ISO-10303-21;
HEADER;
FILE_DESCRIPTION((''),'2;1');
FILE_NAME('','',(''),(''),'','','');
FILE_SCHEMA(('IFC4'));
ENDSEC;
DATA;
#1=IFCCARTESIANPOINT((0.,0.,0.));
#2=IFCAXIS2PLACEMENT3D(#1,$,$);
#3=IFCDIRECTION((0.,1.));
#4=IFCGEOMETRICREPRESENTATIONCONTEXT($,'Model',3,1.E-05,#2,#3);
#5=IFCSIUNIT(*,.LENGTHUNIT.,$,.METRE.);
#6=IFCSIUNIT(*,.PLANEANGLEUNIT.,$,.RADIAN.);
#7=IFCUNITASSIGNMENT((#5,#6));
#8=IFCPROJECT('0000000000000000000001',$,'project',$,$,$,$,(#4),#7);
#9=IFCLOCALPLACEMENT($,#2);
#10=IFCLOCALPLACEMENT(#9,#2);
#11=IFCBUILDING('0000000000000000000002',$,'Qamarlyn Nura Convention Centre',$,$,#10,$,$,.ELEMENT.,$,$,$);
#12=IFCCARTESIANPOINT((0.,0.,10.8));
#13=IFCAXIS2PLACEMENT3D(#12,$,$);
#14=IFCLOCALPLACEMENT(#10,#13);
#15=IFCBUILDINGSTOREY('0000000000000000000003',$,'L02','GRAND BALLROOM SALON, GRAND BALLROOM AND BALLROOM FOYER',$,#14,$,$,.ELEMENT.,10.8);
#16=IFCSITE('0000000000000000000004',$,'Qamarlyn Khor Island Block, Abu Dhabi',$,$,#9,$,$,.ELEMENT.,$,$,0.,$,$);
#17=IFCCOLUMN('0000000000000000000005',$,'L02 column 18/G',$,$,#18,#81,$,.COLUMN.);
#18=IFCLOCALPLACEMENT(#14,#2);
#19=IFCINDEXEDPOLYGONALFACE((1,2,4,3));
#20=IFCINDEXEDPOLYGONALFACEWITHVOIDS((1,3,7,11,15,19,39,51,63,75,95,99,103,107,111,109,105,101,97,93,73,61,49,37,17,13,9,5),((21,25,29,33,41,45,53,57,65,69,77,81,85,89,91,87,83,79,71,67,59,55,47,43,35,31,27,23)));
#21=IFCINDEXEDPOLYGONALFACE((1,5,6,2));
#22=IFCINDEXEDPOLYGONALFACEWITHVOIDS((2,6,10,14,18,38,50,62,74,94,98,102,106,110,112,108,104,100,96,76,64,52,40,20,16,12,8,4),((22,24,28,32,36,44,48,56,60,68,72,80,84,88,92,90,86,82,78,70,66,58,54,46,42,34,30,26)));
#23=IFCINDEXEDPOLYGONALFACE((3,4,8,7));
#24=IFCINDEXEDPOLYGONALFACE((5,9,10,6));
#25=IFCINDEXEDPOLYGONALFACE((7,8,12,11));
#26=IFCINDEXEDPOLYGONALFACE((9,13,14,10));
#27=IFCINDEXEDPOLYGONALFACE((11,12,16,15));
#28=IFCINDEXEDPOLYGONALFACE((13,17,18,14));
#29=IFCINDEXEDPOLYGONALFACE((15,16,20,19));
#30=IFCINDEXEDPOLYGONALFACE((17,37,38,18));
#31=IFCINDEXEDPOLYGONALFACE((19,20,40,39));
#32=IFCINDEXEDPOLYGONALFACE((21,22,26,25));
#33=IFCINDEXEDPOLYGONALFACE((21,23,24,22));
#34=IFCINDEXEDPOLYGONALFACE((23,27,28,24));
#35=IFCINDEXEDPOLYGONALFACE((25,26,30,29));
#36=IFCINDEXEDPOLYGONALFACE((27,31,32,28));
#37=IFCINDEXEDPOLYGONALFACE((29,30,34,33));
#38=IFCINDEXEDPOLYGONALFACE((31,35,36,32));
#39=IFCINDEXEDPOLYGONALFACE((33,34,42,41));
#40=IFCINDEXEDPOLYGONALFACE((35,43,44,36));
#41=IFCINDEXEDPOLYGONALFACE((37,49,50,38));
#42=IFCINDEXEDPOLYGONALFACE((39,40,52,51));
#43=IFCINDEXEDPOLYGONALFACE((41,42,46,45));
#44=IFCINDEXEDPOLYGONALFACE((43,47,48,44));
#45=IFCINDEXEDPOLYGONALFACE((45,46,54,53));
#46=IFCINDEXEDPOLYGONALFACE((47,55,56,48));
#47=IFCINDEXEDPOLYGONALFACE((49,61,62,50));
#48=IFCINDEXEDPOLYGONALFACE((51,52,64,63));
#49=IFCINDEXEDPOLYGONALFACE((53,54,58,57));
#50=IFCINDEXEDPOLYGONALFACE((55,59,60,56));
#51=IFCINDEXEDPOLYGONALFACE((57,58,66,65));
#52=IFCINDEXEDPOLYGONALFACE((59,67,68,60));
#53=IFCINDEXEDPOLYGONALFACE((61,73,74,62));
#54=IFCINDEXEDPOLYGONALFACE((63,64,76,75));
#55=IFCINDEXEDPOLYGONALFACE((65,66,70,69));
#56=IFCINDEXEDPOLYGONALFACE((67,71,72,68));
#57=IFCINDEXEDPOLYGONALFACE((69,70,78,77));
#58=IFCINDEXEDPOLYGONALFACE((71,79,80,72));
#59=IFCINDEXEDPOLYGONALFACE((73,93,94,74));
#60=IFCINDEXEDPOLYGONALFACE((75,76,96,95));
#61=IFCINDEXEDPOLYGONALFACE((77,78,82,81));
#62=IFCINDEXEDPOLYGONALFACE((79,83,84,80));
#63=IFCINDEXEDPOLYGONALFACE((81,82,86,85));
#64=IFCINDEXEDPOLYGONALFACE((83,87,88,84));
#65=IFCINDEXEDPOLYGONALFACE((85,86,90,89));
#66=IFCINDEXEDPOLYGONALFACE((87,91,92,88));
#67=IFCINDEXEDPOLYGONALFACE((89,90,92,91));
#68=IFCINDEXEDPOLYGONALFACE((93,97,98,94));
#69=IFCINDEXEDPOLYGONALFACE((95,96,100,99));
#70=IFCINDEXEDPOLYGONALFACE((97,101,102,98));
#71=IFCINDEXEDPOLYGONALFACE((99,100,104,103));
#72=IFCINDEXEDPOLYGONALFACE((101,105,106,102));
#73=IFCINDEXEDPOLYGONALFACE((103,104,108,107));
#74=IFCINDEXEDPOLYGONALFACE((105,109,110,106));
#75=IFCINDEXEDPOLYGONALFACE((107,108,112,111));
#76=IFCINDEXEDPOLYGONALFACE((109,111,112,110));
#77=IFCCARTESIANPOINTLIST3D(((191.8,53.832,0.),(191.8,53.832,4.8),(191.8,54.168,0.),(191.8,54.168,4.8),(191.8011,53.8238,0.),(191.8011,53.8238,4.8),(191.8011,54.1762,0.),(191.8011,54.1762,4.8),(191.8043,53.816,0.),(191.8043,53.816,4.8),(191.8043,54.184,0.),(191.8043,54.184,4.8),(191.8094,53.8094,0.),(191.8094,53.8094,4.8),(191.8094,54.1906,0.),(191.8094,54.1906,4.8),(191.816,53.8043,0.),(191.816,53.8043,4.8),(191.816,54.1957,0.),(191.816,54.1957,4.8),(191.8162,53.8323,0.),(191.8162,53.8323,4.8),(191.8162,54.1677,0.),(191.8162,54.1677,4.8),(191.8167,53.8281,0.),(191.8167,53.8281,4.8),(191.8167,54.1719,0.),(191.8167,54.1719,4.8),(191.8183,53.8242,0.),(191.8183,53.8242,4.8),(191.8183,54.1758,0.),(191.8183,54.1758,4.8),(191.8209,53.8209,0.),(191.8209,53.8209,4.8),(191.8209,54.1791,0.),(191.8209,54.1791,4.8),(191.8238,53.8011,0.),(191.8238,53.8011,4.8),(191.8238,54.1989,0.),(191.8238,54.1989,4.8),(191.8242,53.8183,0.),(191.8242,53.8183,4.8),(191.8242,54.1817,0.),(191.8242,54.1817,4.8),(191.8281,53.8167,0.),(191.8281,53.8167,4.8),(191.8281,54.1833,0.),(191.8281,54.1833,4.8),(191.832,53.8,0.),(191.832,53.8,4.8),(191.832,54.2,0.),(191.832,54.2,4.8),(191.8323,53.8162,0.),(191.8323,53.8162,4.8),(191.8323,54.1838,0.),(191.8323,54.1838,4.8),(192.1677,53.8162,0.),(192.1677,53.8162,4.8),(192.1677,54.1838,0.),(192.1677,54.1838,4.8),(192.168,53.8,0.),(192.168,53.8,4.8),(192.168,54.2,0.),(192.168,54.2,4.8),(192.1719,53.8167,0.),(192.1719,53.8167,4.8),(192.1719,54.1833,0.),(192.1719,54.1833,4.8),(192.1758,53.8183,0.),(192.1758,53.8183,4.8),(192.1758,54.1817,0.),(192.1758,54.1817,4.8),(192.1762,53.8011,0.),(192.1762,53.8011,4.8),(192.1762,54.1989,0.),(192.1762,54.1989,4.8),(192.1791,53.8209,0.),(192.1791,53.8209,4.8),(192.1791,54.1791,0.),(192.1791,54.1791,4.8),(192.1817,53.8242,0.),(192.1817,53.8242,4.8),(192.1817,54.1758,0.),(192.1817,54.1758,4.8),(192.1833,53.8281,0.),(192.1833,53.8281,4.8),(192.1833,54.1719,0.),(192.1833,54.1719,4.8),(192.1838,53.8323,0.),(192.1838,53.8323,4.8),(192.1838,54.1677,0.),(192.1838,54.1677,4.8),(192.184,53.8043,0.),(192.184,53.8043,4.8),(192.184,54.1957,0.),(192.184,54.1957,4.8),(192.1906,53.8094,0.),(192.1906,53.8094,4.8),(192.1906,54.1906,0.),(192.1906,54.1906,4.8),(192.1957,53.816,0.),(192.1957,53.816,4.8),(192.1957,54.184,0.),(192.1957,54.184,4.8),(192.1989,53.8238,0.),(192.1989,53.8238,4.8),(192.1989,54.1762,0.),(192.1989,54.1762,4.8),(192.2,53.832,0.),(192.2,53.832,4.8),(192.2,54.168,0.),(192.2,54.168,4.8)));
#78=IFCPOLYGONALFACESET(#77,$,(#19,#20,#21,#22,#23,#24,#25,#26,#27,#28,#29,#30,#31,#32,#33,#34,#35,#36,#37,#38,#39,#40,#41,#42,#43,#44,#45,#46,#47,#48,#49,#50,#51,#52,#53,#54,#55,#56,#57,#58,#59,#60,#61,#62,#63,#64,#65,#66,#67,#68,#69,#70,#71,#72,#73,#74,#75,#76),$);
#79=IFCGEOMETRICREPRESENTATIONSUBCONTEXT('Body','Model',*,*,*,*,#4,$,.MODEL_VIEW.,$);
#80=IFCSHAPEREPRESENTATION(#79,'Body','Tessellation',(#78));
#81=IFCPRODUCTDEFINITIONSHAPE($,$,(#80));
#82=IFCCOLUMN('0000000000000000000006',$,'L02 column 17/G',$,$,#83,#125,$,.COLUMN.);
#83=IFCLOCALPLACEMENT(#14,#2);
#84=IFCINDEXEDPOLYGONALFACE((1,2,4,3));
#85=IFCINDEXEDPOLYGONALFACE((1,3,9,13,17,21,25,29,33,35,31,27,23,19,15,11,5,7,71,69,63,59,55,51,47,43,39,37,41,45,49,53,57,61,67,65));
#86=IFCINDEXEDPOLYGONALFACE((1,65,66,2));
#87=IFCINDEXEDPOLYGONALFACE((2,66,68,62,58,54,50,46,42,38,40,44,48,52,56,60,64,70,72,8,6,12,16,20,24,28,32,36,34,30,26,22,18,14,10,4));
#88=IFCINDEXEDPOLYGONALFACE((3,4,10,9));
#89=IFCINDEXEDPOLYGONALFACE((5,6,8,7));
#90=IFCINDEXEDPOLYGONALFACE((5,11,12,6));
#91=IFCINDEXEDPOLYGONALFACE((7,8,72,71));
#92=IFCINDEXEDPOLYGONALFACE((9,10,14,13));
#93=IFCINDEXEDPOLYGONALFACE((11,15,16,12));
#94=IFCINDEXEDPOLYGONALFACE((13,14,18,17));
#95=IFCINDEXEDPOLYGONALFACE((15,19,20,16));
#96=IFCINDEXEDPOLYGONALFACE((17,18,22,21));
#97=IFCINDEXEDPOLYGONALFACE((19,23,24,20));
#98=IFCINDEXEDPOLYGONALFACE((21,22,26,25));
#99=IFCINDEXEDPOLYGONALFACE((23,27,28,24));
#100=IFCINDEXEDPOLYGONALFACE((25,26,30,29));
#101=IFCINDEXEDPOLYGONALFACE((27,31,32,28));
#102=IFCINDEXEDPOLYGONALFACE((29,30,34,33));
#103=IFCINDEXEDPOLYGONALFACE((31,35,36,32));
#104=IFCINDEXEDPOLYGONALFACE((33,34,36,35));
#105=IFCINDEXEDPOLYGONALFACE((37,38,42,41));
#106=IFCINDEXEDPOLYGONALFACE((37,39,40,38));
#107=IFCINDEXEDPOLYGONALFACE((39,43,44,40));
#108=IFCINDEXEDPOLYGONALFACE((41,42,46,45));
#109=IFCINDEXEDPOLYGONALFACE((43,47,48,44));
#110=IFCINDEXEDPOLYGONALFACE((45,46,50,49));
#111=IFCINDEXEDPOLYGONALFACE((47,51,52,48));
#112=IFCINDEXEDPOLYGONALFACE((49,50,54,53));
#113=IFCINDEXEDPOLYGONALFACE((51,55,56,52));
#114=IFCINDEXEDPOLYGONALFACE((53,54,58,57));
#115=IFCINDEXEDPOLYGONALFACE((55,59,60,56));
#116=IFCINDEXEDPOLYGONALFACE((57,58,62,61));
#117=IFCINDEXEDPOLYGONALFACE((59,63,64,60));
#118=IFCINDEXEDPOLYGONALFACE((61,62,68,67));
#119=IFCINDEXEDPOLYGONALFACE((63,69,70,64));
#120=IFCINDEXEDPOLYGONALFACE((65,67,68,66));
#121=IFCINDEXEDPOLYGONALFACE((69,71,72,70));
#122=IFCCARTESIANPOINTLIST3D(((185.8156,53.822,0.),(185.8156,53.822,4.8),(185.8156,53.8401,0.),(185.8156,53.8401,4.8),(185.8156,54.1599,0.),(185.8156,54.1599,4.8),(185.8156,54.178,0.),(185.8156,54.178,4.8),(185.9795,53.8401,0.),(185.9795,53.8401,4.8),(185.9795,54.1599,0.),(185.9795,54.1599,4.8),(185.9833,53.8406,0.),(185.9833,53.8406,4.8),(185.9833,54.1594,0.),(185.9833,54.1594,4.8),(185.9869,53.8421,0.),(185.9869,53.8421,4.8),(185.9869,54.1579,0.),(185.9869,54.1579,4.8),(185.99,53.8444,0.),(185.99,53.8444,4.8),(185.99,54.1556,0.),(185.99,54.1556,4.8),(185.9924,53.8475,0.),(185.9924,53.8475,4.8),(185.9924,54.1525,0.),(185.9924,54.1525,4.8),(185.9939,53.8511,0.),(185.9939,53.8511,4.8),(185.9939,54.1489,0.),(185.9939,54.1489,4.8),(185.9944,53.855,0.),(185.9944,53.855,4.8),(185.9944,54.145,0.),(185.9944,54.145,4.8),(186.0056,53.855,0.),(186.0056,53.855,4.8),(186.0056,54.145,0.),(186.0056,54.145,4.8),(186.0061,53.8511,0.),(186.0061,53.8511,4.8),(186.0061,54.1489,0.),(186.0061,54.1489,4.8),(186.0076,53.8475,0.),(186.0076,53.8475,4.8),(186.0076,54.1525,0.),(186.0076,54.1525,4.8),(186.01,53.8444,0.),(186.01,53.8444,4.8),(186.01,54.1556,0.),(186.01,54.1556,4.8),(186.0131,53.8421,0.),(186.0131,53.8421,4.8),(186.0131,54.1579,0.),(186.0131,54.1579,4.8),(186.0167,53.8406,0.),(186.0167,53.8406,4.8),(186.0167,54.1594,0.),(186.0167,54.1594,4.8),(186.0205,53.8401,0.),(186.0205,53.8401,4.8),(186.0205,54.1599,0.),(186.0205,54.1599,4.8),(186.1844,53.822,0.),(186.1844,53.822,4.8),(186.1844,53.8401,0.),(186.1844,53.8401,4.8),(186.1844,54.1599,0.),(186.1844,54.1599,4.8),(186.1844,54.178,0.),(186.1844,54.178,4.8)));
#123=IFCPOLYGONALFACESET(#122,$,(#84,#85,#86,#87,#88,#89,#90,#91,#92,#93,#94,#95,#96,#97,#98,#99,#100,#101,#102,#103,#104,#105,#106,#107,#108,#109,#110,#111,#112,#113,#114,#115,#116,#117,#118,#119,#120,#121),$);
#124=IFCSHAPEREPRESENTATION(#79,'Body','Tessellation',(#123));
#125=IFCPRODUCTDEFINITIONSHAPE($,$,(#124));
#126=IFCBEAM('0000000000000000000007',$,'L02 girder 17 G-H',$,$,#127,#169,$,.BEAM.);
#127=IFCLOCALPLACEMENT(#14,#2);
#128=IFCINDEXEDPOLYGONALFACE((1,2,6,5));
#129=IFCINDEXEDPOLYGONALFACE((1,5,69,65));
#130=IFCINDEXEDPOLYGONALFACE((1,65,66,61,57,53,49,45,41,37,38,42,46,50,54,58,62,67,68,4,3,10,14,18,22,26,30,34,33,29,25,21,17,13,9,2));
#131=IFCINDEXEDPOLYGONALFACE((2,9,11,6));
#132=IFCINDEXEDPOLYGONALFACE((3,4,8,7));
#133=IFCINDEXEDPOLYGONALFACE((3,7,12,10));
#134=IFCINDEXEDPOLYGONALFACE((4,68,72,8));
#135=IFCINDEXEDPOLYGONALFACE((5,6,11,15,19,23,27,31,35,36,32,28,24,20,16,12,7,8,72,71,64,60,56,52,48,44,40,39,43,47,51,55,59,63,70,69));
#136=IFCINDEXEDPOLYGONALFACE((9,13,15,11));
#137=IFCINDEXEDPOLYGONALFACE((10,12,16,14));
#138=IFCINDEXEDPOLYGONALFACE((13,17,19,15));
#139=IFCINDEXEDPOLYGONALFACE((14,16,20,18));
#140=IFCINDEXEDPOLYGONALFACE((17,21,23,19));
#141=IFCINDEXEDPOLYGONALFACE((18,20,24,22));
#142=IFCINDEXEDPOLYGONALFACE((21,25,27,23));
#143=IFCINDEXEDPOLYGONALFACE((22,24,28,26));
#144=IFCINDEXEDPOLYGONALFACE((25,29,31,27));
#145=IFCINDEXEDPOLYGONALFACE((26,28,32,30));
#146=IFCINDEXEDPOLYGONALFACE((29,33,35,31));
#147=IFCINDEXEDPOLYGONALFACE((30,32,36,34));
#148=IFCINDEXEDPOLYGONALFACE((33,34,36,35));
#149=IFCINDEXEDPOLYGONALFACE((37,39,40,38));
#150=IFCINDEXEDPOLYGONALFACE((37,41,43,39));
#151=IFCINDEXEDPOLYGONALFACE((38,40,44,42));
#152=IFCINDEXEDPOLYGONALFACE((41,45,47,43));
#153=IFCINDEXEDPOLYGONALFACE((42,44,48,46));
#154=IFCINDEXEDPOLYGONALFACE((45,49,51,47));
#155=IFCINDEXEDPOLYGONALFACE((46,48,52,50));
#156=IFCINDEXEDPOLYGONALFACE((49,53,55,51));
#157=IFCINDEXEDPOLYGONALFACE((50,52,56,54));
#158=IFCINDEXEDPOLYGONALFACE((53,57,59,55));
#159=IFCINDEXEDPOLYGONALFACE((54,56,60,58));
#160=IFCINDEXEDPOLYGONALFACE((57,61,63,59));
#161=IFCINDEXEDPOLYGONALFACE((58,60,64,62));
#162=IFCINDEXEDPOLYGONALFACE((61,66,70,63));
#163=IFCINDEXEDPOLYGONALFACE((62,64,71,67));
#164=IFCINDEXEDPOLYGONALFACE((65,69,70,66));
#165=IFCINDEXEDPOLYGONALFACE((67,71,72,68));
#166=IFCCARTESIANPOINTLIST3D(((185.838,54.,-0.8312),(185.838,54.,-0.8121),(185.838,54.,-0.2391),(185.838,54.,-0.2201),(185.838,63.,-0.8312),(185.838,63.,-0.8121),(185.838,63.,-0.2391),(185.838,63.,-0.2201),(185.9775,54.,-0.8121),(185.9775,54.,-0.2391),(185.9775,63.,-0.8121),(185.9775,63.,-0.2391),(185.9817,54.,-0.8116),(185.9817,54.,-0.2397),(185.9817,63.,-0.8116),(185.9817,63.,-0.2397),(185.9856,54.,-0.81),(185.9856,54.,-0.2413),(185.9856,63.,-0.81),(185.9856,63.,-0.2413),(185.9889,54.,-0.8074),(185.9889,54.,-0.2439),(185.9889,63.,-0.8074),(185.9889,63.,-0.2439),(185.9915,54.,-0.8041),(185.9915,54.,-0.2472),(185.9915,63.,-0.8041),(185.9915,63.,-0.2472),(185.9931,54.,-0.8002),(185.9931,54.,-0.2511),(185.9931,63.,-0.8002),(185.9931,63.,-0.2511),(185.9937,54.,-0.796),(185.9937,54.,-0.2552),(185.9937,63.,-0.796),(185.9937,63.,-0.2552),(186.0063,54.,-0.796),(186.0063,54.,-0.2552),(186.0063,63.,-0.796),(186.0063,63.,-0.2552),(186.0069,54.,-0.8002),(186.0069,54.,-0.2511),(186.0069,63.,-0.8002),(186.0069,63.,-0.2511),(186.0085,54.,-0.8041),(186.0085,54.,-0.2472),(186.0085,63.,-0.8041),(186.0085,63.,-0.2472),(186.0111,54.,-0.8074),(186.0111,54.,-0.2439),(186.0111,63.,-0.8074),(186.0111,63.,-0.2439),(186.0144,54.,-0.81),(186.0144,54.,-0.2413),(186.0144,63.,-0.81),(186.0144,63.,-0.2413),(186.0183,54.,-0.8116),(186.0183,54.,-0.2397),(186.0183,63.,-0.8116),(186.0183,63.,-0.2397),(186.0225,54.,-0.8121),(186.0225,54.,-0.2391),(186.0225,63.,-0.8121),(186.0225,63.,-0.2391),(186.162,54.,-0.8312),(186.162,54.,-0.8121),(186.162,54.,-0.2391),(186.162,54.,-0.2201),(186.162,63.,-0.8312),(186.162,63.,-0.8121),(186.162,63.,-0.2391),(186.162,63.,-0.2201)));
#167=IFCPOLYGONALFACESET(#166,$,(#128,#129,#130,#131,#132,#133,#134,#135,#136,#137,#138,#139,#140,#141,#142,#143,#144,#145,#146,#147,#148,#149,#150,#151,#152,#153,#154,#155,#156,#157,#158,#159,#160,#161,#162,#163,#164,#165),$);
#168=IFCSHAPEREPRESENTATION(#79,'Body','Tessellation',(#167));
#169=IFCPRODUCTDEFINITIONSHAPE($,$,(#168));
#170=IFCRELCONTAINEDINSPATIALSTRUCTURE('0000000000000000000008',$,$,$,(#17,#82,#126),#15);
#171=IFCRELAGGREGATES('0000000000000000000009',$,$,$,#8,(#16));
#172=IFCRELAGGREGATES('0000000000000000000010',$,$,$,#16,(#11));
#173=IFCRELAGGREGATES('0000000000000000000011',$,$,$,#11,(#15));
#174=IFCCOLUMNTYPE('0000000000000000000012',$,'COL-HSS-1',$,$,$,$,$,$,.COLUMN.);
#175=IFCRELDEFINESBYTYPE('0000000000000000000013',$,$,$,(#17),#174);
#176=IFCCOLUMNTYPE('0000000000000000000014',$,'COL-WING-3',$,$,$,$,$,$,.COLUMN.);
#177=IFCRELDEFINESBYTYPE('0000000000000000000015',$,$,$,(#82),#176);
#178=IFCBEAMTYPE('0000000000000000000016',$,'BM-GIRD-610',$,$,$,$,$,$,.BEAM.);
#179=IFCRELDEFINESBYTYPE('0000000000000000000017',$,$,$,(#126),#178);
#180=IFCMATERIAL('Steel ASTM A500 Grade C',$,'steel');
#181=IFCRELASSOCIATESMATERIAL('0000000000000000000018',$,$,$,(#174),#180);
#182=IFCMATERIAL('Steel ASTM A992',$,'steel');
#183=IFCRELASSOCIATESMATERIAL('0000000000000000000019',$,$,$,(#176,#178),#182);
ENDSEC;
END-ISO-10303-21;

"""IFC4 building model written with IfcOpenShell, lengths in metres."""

from ifc_helpers import new_model, si_unit, direction, frame, origin, origin_2d, place, context, subcontext, project, spatial, hollow_rectangle, i_section, extrude, material, material_profile, profile_set, type_object, element, save


model = new_model("IFC4")

# Units and contexts
model_context = context("Model", 3, precision=1e-05, world=origin(), true_north=direction((0.0, 1.0)))
body_context = subcontext(model_context, "Body", "Model", "MODEL_VIEW")
ifc_project = project(units=[si_unit("LENGTHUNIT", "METRE"), si_unit("PLANEANGLEUNIT", "RADIAN")], contexts=[model_context])

# Site, building, storey
site_placement = place(None, origin())
site = spatial("IfcSite", under=ifc_project, at=site_placement, Name="Qamarlyn Khor Island Block, Abu Dhabi", CompositionType="ELEMENT", RefElevation=0.0)
building_placement = place(site_placement, origin())
building = spatial("IfcBuilding", under=site, at=building_placement, Name="Qamarlyn Nura Convention Centre", CompositionType="ELEMENT")
storey_placement = place(building_placement, frame((0.0, 0.0, 10.8)))
storey = spatial("IfcBuildingStorey", under=building, at=storey_placement, Name="L02", Description="GRAND BALLROOM SALON, GRAND BALLROOM AND BALLROOM FOYER", CompositionType="ELEMENT", Elevation=10.8)

# Columns
ifc_material_1 = material(Name="Steel ASTM A500 Grade C", Category="steel")
ifc_material_profile_1 = material_profile(ifc_material_1, hollow_rectangle(XDim=0.3999, YDim=0.3999, WallThickness=0.0161, InnerFilletRadius=0.0161, OuterFilletRadius=0.032, at=origin_2d()), Name="HSS400X400X16")
ifc_profile_set_1 = profile_set([ifc_material_profile_1], Name="Steel ASTM A500 Grade C")
column_type_1 = type_object("IfcColumnType", Name="COL-HSS-1", PredefinedType="COLUMN", material=ifc_profile_set_1)
column_1_placement = place(storey_placement, frame((192.0, 54.0, 0.0), z_axis=(0.0, 0.0, 1.0), x_axis=(1.0, 0.0, 0.0)))
element("IfcColumn", 1, at=column_1_placement, inside=storey, type_object=column_type_1, Name="L02 column 18/G", PredefinedType="COLUMN", context=body_context, shape_type="SweptSolid", body=[
    extrude(hollow_rectangle(XDim=0.3999, YDim=0.3999, WallThickness=0.0161, InnerFilletRadius=0.0161, OuterFilletRadius=0.032, at=origin_2d()), origin(), (0.0, 0.0, 1.0), 4.8),
])
ifc_material_2 = material(Name="Steel ASTM A992", Category="steel")
ifc_material_profile_2 = material_profile(ifc_material_2, i_section(OverallWidth=0.3689, OverallDepth=0.356, WebThickness=0.0112, FlangeThickness=0.0181, FilletRadius=0.0149, at=origin_2d()), Name="W360X134")
ifc_profile_set_2 = profile_set([ifc_material_profile_2], Name="Steel ASTM A992")
column_type_2 = type_object("IfcColumnType", Name="COL-WING-3", PredefinedType="COLUMN", material=ifc_profile_set_2)
column_2_placement = place(storey_placement, frame((186.0, 54.0, 0.0), z_axis=(0.0, 0.0, 1.0), x_axis=(1.0, 0.0, 0.0)))
element("IfcColumn", 2, at=column_2_placement, inside=storey, type_object=column_type_2, Name="L02 column 17/G", PredefinedType="COLUMN", context=body_context, shape_type="SweptSolid", body=[
    extrude(i_section(OverallWidth=0.3689, OverallDepth=0.356, WebThickness=0.0112, FlangeThickness=0.0181, FilletRadius=0.0149, at=origin_2d()), origin(), (0.0, 0.0, 1.0), 4.8),
])

# Beam
ifc_material_profile_3 = material_profile(ifc_material_2, i_section(OverallWidth=0.324, OverallDepth=0.6111, WebThickness=0.0127, FlangeThickness=0.019, FilletRadius=0.0161, at=origin_2d()), Name="W610X155")
ifc_profile_set_3 = profile_set([ifc_material_profile_3], Name="Steel ASTM A992")
beam_type_1 = type_object("IfcBeamType", Name="BM-GIRD-610", PredefinedType="BEAM", material=ifc_profile_set_3)
beam_1_placement = place(storey_placement, frame((186.0, 54.0, -0.5256), z_axis=(0.0, 1.0, 0.0), x_axis=(-1.0, 0.0, 0.0)))
element("IfcBeam", 3, at=beam_1_placement, inside=storey, type_object=beam_type_1, Name="L02 girder 17 G-H", PredefinedType="BEAM", context=body_context, shape_type="SweptSolid", body=[
    extrude(i_section(OverallWidth=0.324, OverallDepth=0.6111, WebThickness=0.0127, FlangeThickness=0.019, FilletRadius=0.0161, at=origin_2d()), origin(), (0.0, 0.0, 1.0), 9.0),
])

save(model, "model.ifc")
